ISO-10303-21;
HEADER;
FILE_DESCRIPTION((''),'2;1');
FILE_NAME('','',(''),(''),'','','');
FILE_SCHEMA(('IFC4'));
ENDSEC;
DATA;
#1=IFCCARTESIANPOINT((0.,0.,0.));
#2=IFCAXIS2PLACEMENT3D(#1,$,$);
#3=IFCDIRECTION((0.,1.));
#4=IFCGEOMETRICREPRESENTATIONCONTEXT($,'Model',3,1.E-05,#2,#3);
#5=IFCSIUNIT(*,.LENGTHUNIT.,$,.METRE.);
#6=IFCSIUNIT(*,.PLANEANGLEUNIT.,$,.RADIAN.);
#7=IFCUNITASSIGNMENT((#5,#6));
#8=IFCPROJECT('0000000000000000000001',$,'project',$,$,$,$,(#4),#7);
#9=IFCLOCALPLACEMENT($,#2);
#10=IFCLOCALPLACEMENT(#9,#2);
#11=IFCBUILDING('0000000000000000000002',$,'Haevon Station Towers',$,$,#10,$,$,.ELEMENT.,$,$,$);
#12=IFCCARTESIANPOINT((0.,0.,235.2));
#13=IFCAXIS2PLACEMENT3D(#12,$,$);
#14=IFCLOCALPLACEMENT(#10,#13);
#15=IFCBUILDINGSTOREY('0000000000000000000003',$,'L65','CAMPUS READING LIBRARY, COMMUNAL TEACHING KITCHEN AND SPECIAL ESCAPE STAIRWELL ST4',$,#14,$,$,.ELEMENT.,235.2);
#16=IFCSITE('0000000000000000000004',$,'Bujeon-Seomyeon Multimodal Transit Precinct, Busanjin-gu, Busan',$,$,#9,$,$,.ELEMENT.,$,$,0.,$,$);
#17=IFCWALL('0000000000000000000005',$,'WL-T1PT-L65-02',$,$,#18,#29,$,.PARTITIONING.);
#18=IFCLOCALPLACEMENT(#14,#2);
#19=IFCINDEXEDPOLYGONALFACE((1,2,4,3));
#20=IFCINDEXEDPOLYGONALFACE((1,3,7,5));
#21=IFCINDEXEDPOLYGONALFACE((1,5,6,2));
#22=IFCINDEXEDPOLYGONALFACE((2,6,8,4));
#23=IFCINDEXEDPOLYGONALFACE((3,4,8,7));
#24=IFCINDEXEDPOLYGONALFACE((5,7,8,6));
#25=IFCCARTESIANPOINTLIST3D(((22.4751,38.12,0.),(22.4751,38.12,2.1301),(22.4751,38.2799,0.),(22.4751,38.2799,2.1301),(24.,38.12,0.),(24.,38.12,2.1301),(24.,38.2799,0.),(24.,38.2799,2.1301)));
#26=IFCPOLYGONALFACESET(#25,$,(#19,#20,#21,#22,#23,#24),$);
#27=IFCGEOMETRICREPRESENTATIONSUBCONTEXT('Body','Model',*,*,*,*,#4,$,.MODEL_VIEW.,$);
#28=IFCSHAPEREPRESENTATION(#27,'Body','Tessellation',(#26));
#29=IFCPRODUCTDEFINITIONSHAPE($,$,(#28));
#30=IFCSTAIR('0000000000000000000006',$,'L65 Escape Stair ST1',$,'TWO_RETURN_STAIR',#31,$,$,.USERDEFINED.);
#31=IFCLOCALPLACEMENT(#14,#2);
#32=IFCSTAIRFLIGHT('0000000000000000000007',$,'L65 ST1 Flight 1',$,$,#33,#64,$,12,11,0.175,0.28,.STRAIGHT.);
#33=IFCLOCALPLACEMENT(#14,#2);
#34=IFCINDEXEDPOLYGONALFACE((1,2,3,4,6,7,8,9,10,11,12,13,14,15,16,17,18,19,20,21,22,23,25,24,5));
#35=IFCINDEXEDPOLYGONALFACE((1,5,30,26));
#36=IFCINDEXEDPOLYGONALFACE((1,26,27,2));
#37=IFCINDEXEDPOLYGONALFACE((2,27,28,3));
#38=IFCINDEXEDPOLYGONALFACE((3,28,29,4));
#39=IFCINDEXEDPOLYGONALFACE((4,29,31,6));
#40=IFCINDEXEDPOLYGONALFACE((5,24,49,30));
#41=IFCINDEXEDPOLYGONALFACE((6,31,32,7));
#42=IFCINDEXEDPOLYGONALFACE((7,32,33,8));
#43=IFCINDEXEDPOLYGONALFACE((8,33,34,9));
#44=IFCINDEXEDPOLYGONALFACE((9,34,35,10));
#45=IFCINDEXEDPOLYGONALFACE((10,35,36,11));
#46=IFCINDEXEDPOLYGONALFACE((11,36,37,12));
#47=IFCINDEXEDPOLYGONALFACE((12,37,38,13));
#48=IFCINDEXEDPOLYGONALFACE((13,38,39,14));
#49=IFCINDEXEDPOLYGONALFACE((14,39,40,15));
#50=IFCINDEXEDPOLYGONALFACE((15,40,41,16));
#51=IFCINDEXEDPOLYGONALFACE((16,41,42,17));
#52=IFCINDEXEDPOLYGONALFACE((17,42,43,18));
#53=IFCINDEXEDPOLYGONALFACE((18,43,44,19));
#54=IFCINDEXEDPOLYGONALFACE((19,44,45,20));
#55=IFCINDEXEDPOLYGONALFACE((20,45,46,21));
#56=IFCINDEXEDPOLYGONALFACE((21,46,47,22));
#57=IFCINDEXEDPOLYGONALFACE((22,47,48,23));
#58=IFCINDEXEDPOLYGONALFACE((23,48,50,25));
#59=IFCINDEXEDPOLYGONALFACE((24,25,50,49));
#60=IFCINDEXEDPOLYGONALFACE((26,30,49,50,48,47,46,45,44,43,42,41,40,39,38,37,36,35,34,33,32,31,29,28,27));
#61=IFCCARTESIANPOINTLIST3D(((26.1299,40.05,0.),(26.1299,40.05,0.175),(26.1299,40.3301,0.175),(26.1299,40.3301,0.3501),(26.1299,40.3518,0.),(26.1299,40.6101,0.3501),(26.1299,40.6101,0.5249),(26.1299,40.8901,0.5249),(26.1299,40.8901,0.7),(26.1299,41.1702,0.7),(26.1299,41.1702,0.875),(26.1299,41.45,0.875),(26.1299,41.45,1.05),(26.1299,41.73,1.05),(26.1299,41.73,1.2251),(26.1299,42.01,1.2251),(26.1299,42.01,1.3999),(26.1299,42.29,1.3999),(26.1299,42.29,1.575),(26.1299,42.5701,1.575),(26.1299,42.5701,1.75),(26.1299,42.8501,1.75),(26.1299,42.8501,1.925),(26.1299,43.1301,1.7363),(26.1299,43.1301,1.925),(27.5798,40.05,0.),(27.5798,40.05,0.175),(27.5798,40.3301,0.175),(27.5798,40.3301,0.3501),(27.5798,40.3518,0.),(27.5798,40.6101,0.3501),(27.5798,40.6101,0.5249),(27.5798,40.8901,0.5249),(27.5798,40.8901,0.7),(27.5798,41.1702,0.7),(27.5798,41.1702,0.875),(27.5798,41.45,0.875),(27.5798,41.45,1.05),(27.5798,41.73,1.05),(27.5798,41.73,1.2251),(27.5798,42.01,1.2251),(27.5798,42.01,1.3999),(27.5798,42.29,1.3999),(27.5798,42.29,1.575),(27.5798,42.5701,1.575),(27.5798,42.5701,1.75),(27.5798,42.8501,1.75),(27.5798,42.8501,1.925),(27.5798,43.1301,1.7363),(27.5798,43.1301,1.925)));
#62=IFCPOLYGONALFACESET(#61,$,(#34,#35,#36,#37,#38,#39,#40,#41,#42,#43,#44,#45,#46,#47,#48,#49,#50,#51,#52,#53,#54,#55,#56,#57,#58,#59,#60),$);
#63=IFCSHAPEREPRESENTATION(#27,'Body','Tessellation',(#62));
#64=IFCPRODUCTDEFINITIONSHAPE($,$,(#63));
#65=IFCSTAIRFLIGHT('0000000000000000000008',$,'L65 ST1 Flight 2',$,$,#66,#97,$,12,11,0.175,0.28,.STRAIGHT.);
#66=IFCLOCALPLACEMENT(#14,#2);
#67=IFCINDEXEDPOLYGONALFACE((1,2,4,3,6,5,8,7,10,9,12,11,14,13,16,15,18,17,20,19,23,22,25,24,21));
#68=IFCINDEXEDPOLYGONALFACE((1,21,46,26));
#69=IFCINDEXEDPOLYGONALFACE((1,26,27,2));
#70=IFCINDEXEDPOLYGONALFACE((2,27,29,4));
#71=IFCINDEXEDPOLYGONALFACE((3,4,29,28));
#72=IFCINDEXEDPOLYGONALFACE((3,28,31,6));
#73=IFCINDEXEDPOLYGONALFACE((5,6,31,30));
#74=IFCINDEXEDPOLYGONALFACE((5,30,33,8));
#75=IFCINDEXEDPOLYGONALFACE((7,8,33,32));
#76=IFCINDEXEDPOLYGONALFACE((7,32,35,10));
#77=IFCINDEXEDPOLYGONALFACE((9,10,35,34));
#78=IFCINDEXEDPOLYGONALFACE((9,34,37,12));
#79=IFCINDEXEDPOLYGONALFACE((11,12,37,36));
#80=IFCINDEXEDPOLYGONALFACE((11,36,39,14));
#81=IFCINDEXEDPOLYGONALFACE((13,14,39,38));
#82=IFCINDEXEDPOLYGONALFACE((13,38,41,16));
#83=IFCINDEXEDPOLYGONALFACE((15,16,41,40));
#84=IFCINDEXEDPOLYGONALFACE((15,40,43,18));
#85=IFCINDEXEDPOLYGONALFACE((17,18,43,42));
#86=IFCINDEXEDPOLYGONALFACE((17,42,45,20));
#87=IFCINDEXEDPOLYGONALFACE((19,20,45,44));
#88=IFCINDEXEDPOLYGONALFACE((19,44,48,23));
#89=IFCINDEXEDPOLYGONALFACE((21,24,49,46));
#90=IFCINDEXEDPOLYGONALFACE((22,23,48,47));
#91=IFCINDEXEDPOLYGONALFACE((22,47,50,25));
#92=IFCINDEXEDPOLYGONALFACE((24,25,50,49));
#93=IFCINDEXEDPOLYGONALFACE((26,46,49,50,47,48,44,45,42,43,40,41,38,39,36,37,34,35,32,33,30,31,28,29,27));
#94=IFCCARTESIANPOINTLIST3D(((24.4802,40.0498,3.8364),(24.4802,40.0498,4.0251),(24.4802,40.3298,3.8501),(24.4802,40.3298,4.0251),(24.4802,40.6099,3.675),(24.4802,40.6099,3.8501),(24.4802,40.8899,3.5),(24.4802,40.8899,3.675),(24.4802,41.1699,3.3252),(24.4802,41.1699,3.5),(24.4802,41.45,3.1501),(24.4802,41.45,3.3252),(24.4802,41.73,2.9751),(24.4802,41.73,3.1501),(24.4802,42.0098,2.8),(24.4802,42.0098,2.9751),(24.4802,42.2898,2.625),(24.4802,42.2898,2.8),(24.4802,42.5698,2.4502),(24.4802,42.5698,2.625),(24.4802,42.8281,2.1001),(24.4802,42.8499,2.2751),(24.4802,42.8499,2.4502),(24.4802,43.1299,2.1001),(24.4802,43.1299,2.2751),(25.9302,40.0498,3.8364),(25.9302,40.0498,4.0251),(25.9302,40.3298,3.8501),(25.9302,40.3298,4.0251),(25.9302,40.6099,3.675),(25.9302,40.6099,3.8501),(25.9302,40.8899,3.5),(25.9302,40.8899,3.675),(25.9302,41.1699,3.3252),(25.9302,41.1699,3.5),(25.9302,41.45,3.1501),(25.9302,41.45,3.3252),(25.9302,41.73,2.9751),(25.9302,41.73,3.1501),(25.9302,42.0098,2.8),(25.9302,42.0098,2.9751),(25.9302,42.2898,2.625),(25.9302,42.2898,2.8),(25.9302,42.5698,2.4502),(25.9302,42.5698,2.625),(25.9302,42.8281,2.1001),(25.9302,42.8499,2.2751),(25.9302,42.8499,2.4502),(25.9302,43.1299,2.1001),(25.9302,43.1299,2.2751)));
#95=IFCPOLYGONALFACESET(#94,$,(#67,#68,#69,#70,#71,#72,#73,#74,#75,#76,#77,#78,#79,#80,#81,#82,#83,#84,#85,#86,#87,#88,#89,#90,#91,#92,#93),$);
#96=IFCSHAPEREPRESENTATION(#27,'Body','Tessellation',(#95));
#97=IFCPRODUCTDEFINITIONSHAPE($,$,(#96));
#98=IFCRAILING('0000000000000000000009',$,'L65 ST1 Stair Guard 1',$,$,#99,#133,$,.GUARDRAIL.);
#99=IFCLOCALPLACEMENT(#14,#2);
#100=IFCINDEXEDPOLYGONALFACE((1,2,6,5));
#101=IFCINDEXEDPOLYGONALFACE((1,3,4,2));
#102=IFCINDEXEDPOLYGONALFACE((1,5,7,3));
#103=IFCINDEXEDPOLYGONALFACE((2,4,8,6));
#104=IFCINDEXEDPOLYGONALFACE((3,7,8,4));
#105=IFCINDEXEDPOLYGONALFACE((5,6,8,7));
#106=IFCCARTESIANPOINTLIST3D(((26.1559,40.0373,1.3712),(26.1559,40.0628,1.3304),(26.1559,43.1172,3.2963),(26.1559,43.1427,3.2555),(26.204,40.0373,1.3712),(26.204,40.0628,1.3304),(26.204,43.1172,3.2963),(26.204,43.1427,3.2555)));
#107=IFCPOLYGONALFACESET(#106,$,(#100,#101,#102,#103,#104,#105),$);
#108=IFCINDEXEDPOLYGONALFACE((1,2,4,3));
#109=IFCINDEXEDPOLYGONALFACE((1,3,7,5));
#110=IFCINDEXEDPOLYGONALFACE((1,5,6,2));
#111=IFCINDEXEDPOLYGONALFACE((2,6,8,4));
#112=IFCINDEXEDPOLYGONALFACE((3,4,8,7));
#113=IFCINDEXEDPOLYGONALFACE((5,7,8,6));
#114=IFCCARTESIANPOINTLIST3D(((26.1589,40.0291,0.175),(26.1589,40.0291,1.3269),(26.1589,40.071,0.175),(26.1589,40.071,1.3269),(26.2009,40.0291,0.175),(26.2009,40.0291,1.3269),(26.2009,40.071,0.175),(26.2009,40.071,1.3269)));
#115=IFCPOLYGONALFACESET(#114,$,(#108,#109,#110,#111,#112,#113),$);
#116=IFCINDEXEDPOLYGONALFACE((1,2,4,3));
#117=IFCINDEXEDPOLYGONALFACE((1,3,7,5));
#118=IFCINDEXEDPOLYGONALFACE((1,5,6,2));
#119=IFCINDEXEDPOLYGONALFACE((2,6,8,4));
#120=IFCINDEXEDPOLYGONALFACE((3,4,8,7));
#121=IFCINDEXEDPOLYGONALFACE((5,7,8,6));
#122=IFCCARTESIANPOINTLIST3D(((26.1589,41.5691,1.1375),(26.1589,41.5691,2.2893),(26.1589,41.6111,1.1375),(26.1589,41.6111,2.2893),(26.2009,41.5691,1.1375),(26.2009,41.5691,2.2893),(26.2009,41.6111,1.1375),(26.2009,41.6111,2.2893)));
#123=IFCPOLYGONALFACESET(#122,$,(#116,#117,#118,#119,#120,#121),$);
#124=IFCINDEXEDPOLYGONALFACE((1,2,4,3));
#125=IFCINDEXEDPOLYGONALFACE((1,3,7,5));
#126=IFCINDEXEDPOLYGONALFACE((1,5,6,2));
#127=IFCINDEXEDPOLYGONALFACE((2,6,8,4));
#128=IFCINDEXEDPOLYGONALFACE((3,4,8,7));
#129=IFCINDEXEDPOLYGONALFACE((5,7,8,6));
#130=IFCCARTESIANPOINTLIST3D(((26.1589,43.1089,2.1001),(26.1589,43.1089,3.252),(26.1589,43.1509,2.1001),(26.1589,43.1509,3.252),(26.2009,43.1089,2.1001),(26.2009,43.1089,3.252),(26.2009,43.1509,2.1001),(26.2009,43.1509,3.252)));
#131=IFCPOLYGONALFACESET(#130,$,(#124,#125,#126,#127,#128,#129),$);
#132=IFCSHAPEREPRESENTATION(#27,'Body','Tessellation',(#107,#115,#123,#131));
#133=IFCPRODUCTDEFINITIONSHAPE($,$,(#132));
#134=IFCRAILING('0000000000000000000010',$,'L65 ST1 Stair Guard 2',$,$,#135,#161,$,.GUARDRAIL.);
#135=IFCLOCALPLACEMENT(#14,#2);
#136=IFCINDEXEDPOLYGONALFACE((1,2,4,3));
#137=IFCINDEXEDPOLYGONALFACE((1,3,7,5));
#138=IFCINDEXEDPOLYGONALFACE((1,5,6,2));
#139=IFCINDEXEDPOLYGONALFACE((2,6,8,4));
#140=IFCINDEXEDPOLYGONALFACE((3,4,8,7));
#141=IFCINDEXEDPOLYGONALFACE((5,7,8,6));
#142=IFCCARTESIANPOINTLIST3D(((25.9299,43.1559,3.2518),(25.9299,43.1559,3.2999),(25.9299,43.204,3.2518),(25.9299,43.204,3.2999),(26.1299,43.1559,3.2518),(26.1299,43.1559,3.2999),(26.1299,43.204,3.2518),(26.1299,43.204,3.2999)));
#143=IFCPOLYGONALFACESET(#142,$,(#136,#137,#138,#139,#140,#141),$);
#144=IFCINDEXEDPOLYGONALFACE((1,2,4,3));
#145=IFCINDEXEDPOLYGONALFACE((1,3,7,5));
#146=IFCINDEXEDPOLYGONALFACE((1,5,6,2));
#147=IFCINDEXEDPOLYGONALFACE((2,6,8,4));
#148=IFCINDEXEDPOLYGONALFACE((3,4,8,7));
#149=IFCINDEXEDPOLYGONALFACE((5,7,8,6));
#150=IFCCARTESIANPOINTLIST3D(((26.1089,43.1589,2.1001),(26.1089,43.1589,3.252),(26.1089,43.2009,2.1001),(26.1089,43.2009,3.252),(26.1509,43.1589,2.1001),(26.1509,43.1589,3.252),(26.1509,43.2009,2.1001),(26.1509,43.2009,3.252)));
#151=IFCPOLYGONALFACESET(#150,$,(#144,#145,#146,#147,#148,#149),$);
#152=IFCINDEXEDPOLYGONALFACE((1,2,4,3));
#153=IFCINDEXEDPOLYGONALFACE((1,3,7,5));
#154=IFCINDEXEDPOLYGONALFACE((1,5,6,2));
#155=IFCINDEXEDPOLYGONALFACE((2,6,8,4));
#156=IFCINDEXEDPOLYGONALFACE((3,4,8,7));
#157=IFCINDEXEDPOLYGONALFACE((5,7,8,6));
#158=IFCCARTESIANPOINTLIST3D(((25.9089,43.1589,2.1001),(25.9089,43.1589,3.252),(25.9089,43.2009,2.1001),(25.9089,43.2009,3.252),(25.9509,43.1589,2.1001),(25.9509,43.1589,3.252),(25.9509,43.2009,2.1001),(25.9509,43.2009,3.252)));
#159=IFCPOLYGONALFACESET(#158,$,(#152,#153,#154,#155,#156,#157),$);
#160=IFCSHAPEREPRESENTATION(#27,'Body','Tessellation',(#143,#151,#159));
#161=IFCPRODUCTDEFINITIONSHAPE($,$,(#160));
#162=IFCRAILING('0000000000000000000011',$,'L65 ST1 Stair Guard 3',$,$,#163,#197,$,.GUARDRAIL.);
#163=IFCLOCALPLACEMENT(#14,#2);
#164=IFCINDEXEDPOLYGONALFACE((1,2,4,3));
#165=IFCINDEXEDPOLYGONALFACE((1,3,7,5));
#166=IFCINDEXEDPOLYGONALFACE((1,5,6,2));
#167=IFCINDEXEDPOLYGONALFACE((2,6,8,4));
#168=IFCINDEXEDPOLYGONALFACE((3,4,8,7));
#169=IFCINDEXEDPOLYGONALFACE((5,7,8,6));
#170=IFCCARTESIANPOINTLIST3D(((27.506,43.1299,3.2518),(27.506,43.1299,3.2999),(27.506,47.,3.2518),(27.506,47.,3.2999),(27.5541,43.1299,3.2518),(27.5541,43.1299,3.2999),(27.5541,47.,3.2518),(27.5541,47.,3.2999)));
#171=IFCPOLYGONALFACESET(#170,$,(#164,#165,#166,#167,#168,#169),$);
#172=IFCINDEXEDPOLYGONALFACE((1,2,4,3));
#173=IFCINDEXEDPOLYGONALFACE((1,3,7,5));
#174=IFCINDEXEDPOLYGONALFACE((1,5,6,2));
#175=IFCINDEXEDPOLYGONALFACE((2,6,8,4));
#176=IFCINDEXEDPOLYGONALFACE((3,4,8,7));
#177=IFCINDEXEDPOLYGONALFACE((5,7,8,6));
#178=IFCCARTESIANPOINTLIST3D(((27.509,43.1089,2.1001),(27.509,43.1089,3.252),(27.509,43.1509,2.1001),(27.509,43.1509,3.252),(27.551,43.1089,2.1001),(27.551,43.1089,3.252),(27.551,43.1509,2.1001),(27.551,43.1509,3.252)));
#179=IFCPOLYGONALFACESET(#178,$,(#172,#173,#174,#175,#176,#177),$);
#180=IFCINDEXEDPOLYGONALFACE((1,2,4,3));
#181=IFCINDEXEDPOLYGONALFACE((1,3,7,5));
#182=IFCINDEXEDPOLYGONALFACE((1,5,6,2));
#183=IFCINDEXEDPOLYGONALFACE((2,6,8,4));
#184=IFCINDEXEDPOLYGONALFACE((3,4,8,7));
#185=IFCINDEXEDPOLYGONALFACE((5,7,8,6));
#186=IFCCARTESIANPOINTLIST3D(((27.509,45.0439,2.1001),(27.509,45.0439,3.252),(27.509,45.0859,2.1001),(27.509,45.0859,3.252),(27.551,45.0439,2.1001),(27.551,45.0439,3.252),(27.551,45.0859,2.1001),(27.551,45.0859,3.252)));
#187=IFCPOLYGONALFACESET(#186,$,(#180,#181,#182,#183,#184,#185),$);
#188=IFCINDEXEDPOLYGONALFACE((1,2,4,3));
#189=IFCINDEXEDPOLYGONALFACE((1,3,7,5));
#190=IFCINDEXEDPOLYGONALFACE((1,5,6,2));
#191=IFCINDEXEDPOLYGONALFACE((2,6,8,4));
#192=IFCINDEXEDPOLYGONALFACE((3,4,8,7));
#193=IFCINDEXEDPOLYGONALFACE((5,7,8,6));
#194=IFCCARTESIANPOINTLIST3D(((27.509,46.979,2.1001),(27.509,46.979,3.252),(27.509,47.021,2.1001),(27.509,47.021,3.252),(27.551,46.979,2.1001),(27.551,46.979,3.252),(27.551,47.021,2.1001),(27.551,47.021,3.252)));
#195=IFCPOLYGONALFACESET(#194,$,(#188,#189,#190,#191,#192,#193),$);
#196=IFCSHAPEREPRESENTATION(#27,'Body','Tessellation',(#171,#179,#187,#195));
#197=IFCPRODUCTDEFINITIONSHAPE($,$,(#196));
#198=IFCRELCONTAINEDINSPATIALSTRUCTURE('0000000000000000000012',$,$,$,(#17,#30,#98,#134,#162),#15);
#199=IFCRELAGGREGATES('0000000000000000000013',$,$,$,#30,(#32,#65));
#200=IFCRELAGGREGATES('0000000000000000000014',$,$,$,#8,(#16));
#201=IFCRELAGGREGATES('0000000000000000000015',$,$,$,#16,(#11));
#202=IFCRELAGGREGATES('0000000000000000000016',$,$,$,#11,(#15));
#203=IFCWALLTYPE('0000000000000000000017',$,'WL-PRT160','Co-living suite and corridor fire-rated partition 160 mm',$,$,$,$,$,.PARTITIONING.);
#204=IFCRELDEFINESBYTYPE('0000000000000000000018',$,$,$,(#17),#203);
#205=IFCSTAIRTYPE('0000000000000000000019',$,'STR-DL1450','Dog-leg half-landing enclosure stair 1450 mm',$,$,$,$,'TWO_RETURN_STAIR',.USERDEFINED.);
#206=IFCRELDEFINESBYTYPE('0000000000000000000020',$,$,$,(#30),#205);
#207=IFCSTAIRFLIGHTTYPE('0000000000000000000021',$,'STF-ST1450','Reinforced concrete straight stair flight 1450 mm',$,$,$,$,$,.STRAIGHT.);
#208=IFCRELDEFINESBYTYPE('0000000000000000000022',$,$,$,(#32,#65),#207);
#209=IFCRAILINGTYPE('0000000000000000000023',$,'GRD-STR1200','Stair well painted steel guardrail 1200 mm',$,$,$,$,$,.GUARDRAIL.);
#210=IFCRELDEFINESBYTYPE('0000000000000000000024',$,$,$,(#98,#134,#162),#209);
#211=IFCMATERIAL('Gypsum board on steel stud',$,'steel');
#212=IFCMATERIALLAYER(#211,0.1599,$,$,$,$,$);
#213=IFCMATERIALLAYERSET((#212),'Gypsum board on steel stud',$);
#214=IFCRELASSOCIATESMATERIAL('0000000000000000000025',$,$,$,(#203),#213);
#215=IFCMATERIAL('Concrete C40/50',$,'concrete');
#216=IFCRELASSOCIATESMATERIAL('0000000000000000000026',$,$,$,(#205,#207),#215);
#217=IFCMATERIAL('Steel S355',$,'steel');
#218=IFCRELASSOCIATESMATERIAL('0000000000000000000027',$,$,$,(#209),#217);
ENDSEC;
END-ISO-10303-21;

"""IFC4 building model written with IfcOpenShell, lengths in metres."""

from ifc_helpers import new_model, si_unit, direction, frame, frame_2d, origin, origin_2d, place, context, subcontext, project, spatial, polyline, rectangle, outline, extrude, material, layer, layer_set, type_object, element, aggregate, save


model = new_model("IFC4")

# Units and contexts
model_context = context("Model", 3, precision=1e-05, world=origin(), true_north=direction((0.0, 1.0)))
body_context = subcontext(model_context, "Body", "Model", "MODEL_VIEW")
ifc_project = project(units=[si_unit("LENGTHUNIT", "METRE"), si_unit("PLANEANGLEUNIT", "RADIAN")], contexts=[model_context])

# Site, building, storey
site_placement = place(None, origin())
site = spatial("IfcSite", under=ifc_project, at=site_placement, Name="Bujeon-Seomyeon Multimodal Transit Precinct, Busanjin-gu, Busan", CompositionType="ELEMENT", RefElevation=0.0)
building_placement = place(site_placement, origin())
building = spatial("IfcBuilding", under=site, at=building_placement, Name="Haevon Station Towers", CompositionType="ELEMENT")
storey_placement = place(building_placement, frame((0.0, 0.0, 235.2)))
storey = spatial("IfcBuildingStorey", under=building, at=storey_placement, Name="L65", Description="CAMPUS READING LIBRARY, COMMUNAL TEACHING KITCHEN AND SPECIAL ESCAPE STAIRWELL ST4", CompositionType="ELEMENT", Elevation=235.2)

# Shared definitions
ifc_material_1 = material(Name="Steel S355", Category="steel")

# Shared definitions
ifc_material_2 = material(Name="Gypsum board on steel stud", Category="steel")

# Wall
ifc_layer_1 = layer(ifc_material_2, 0.1599)
ifc_layer_set_1 = layer_set([ifc_layer_1], Name="Gypsum board on steel stud")
wall_type_1 = type_object("IfcWallType", Name="WL-PRT160", Description="Co-living suite and corridor fire-rated partition 160 mm", PredefinedType="PARTITIONING", material=ifc_layer_set_1)
wall_1_placement = place(storey_placement, frame((22.4751, 38.2, 0.0), z_axis=(0.0, 0.0, 1.0), x_axis=(1.0, 0.0, 0.0)))
element("IfcWall", 1, at=wall_1_placement, inside=storey, type_object=wall_type_1, Name="WL-T1PT-L65-02", PredefinedType="PARTITIONING", context=body_context, shape_type="SweptSolid", body=[
    extrude(rectangle(XDim=1.5249, YDim=0.1599, at=frame_2d((0.7625, 0.0))), origin(), (0.0, 0.0, 1.0), 2.1301),
])

# Stair, stair flights
ifc_material_3 = material(Name="Concrete C40/50", Category="concrete")
stair_type = type_object("IfcStairType", Name="STR-DL1450", Description="Dog-leg half-landing enclosure stair 1450 mm", ElementType="TWO_RETURN_STAIR", PredefinedType="USERDEFINED", material=ifc_material_3)
stair_placement = place(storey_placement, origin())
stair = element("IfcStair", 2, at=stair_placement, inside=storey, type_object=stair_type, Name="L65 Escape Stair ST1", ObjectType="TWO_RETURN_STAIR", PredefinedType="USERDEFINED")
stair_flight_type = type_object("IfcStairFlightType", Name="STF-ST1450", Description="Reinforced concrete straight stair flight 1450 mm", PredefinedType="STRAIGHT", material=ifc_material_3)
stair_flight_1_placement = place(storey_placement, frame((26.855, 40.05, 0.0), z_axis=(0.0, 0.0, 1.0), x_axis=(0.0, 1.0, 0.0)))
stair_flight_1 = element("IfcStairFlight", 3, at=stair_flight_1_placement, type_object=stair_flight_type, Name="L65 ST1 Flight 1", NumberOfRisers=12, NumberOfTreads=11, PredefinedType="STRAIGHT", RiserHeight=0.175, TreadLength=0.28, context=body_context, shape_type="SweptSolid", body=[
    extrude(outline(polyline([(0.0, 0.0), (0.0, 0.175), (0.28, 0.175), (0.28, 0.3501), (0.5601, 0.3501), (0.5601, 0.5249), (0.8401, 0.5249), (0.8401, 0.7), (1.1201, 0.7), (1.1201, 0.875), (1.3999, 0.875), (1.3999, 1.05), (1.6799, 1.05), (1.6799, 1.2251), (1.96, 1.2251), (1.96, 1.3999), (2.24, 1.3999), (2.24, 1.575), (2.52, 1.575), (2.52, 1.75), (2.8, 1.75), (2.8, 1.925), (3.0801, 1.925), (3.0801, 2.1001), (3.0801, 1.7363), (0.3018, 0.0), (0.0, 0.0)])), frame((0.0, 0.7251, 0.0), z_axis=(0.0, -1.0, 0.0), x_axis=(1.0, 0.0, 0.0)), (0.0, 0.0, 1.0), 1.45),
])
stair_flight_2_placement = place(storey_placement, frame((25.2051, 43.1299, 2.1001), z_axis=(0.0, 0.0, 1.0), x_axis=(0.0, -1.0, 0.0)))
stair_flight_2 = element("IfcStairFlight", 4, at=stair_flight_2_placement, type_object=stair_flight_type, Name="L65 ST1 Flight 2", NumberOfRisers=12, NumberOfTreads=11, PredefinedType="STRAIGHT", RiserHeight=0.175, TreadLength=0.28, context=body_context, shape_type="SweptSolid", body=[
    extrude(outline(polyline([(0.0, 0.0), (0.0, 0.175), (0.28, 0.175), (0.28, 0.3501), (0.5601, 0.3501), (0.5601, 0.5249), (0.8401, 0.5249), (0.8401, 0.7), (1.1201, 0.7), (1.1201, 0.875), (1.3999, 0.875), (1.3999, 1.05), (1.6799, 1.05), (1.6799, 1.2251), (1.96, 1.2251), (1.96, 1.3999), (2.24, 1.3999), (2.24, 1.575), (2.52, 1.575), (2.52, 1.75), (2.8, 1.75), (2.8, 1.925), (3.0801, 1.925), (3.0801, 2.1001), (3.0801, 1.7363), (0.3018, 0.0), (0.0, 0.0)])), frame((0.0, 0.7251, 0.0), z_axis=(0.0, -1.0, 0.0), x_axis=(1.0, 0.0, 0.0)), (0.0, 0.0, 1.0), 1.45),
])
aggregate(stair, [stair_flight_1, stair_flight_2])

# Railings
railing_type_1 = type_object("IfcRailingType", Name="GRD-STR1200", Description="Stair well painted steel guardrail 1200 mm", PredefinedType="GUARDRAIL", material=ifc_material_1)
railing_1_placement = place(storey_placement, frame((26.1799, 40.05, 0.175)))
element("IfcRailing", 5, at=railing_1_placement, inside=storey, type_object=railing_type_1, Name="L65 ST1 Stair Guard 1", PredefinedType="GUARDRAIL", context=body_context, shape_type="SweptSolid", body=[
    extrude(rectangle(XDim=0.0481, YDim=0.0481, at=origin_2d()), frame((0.0, 0.0, 1.1758), z_axis=(0.0, 0.847979, 0.530029), x_axis=(-1.0, 0.0, 0.0)), (0.0, 0.0, 1.0), 3.6321),
    extrude(rectangle(XDim=0.042, YDim=0.042, at=origin_2d()), origin(), (0.0, 0.0, 1.0), 1.1519),
    extrude(rectangle(XDim=0.042, YDim=0.042, at=origin_2d()), frame((0.0, 1.54, 0.9624)), (0.0, 0.0, 1.0), 1.1519),
    extrude(rectangle(XDim=0.042, YDim=0.042, at=origin_2d()), frame((0.0, 3.0798, 1.925)), (0.0, 0.0, 1.0), 1.1519),
])
railing_2_placement = place(storey_placement, frame((26.1299, 43.1799, 2.1001)))
element("IfcRailing", 6, at=railing_2_placement, inside=storey, type_object=railing_type_1, Name="L65 ST1 Stair Guard 2", PredefinedType="GUARDRAIL", context=body_context, shape_type="SweptSolid", body=[
    extrude(rectangle(XDim=0.0481, YDim=0.0481, at=origin_2d()), frame((0.0, 0.0, 1.1758), z_axis=(-1.0, 0.0, 0.0), x_axis=(0.0, -1.0, 0.0)), (0.0, 0.0, 1.0), 0.2),
    extrude(rectangle(XDim=0.042, YDim=0.042, at=origin_2d()), origin(), (0.0, 0.0, 1.0), 1.1519),
    extrude(rectangle(XDim=0.042, YDim=0.042, at=origin_2d()), frame((-0.2, 0.0, 0.0)), (0.0, 0.0, 1.0), 1.1519),
])
for number, where, name in (
    (7, (27.53, 43.1299, 2.1001), "L65 ST1 Stair Guard 3"),
):
    element("IfcRailing", number, at=place(storey_placement, frame(where)), inside=storey, type_object=railing_type_1, Name=name, PredefinedType="GUARDRAIL", context=body_context, shape_type="SweptSolid", body=[
        extrude(rectangle(XDim=0.0481, YDim=0.0481, at=origin_2d()), frame((0.0, 0.0, 1.1758), z_axis=(0.0, 1.0, 0.0), x_axis=(-1.0, 0.0, 0.0)), (0.0, 0.0, 1.0), 3.8701),
        extrude(rectangle(XDim=0.042, YDim=0.042, at=origin_2d()), origin(), (0.0, 0.0, 1.0), 1.1519),
        extrude(rectangle(XDim=0.042, YDim=0.042, at=origin_2d()), frame((0.0, 1.9351, 0.0)), (0.0, 0.0, 1.0), 1.1519),
        extrude(rectangle(XDim=0.042, YDim=0.042, at=origin_2d()), frame((0.0, 3.8701, 0.0)), (0.0, 0.0, 1.0), 1.1519),
    ])

save(model, "model.ifc")
